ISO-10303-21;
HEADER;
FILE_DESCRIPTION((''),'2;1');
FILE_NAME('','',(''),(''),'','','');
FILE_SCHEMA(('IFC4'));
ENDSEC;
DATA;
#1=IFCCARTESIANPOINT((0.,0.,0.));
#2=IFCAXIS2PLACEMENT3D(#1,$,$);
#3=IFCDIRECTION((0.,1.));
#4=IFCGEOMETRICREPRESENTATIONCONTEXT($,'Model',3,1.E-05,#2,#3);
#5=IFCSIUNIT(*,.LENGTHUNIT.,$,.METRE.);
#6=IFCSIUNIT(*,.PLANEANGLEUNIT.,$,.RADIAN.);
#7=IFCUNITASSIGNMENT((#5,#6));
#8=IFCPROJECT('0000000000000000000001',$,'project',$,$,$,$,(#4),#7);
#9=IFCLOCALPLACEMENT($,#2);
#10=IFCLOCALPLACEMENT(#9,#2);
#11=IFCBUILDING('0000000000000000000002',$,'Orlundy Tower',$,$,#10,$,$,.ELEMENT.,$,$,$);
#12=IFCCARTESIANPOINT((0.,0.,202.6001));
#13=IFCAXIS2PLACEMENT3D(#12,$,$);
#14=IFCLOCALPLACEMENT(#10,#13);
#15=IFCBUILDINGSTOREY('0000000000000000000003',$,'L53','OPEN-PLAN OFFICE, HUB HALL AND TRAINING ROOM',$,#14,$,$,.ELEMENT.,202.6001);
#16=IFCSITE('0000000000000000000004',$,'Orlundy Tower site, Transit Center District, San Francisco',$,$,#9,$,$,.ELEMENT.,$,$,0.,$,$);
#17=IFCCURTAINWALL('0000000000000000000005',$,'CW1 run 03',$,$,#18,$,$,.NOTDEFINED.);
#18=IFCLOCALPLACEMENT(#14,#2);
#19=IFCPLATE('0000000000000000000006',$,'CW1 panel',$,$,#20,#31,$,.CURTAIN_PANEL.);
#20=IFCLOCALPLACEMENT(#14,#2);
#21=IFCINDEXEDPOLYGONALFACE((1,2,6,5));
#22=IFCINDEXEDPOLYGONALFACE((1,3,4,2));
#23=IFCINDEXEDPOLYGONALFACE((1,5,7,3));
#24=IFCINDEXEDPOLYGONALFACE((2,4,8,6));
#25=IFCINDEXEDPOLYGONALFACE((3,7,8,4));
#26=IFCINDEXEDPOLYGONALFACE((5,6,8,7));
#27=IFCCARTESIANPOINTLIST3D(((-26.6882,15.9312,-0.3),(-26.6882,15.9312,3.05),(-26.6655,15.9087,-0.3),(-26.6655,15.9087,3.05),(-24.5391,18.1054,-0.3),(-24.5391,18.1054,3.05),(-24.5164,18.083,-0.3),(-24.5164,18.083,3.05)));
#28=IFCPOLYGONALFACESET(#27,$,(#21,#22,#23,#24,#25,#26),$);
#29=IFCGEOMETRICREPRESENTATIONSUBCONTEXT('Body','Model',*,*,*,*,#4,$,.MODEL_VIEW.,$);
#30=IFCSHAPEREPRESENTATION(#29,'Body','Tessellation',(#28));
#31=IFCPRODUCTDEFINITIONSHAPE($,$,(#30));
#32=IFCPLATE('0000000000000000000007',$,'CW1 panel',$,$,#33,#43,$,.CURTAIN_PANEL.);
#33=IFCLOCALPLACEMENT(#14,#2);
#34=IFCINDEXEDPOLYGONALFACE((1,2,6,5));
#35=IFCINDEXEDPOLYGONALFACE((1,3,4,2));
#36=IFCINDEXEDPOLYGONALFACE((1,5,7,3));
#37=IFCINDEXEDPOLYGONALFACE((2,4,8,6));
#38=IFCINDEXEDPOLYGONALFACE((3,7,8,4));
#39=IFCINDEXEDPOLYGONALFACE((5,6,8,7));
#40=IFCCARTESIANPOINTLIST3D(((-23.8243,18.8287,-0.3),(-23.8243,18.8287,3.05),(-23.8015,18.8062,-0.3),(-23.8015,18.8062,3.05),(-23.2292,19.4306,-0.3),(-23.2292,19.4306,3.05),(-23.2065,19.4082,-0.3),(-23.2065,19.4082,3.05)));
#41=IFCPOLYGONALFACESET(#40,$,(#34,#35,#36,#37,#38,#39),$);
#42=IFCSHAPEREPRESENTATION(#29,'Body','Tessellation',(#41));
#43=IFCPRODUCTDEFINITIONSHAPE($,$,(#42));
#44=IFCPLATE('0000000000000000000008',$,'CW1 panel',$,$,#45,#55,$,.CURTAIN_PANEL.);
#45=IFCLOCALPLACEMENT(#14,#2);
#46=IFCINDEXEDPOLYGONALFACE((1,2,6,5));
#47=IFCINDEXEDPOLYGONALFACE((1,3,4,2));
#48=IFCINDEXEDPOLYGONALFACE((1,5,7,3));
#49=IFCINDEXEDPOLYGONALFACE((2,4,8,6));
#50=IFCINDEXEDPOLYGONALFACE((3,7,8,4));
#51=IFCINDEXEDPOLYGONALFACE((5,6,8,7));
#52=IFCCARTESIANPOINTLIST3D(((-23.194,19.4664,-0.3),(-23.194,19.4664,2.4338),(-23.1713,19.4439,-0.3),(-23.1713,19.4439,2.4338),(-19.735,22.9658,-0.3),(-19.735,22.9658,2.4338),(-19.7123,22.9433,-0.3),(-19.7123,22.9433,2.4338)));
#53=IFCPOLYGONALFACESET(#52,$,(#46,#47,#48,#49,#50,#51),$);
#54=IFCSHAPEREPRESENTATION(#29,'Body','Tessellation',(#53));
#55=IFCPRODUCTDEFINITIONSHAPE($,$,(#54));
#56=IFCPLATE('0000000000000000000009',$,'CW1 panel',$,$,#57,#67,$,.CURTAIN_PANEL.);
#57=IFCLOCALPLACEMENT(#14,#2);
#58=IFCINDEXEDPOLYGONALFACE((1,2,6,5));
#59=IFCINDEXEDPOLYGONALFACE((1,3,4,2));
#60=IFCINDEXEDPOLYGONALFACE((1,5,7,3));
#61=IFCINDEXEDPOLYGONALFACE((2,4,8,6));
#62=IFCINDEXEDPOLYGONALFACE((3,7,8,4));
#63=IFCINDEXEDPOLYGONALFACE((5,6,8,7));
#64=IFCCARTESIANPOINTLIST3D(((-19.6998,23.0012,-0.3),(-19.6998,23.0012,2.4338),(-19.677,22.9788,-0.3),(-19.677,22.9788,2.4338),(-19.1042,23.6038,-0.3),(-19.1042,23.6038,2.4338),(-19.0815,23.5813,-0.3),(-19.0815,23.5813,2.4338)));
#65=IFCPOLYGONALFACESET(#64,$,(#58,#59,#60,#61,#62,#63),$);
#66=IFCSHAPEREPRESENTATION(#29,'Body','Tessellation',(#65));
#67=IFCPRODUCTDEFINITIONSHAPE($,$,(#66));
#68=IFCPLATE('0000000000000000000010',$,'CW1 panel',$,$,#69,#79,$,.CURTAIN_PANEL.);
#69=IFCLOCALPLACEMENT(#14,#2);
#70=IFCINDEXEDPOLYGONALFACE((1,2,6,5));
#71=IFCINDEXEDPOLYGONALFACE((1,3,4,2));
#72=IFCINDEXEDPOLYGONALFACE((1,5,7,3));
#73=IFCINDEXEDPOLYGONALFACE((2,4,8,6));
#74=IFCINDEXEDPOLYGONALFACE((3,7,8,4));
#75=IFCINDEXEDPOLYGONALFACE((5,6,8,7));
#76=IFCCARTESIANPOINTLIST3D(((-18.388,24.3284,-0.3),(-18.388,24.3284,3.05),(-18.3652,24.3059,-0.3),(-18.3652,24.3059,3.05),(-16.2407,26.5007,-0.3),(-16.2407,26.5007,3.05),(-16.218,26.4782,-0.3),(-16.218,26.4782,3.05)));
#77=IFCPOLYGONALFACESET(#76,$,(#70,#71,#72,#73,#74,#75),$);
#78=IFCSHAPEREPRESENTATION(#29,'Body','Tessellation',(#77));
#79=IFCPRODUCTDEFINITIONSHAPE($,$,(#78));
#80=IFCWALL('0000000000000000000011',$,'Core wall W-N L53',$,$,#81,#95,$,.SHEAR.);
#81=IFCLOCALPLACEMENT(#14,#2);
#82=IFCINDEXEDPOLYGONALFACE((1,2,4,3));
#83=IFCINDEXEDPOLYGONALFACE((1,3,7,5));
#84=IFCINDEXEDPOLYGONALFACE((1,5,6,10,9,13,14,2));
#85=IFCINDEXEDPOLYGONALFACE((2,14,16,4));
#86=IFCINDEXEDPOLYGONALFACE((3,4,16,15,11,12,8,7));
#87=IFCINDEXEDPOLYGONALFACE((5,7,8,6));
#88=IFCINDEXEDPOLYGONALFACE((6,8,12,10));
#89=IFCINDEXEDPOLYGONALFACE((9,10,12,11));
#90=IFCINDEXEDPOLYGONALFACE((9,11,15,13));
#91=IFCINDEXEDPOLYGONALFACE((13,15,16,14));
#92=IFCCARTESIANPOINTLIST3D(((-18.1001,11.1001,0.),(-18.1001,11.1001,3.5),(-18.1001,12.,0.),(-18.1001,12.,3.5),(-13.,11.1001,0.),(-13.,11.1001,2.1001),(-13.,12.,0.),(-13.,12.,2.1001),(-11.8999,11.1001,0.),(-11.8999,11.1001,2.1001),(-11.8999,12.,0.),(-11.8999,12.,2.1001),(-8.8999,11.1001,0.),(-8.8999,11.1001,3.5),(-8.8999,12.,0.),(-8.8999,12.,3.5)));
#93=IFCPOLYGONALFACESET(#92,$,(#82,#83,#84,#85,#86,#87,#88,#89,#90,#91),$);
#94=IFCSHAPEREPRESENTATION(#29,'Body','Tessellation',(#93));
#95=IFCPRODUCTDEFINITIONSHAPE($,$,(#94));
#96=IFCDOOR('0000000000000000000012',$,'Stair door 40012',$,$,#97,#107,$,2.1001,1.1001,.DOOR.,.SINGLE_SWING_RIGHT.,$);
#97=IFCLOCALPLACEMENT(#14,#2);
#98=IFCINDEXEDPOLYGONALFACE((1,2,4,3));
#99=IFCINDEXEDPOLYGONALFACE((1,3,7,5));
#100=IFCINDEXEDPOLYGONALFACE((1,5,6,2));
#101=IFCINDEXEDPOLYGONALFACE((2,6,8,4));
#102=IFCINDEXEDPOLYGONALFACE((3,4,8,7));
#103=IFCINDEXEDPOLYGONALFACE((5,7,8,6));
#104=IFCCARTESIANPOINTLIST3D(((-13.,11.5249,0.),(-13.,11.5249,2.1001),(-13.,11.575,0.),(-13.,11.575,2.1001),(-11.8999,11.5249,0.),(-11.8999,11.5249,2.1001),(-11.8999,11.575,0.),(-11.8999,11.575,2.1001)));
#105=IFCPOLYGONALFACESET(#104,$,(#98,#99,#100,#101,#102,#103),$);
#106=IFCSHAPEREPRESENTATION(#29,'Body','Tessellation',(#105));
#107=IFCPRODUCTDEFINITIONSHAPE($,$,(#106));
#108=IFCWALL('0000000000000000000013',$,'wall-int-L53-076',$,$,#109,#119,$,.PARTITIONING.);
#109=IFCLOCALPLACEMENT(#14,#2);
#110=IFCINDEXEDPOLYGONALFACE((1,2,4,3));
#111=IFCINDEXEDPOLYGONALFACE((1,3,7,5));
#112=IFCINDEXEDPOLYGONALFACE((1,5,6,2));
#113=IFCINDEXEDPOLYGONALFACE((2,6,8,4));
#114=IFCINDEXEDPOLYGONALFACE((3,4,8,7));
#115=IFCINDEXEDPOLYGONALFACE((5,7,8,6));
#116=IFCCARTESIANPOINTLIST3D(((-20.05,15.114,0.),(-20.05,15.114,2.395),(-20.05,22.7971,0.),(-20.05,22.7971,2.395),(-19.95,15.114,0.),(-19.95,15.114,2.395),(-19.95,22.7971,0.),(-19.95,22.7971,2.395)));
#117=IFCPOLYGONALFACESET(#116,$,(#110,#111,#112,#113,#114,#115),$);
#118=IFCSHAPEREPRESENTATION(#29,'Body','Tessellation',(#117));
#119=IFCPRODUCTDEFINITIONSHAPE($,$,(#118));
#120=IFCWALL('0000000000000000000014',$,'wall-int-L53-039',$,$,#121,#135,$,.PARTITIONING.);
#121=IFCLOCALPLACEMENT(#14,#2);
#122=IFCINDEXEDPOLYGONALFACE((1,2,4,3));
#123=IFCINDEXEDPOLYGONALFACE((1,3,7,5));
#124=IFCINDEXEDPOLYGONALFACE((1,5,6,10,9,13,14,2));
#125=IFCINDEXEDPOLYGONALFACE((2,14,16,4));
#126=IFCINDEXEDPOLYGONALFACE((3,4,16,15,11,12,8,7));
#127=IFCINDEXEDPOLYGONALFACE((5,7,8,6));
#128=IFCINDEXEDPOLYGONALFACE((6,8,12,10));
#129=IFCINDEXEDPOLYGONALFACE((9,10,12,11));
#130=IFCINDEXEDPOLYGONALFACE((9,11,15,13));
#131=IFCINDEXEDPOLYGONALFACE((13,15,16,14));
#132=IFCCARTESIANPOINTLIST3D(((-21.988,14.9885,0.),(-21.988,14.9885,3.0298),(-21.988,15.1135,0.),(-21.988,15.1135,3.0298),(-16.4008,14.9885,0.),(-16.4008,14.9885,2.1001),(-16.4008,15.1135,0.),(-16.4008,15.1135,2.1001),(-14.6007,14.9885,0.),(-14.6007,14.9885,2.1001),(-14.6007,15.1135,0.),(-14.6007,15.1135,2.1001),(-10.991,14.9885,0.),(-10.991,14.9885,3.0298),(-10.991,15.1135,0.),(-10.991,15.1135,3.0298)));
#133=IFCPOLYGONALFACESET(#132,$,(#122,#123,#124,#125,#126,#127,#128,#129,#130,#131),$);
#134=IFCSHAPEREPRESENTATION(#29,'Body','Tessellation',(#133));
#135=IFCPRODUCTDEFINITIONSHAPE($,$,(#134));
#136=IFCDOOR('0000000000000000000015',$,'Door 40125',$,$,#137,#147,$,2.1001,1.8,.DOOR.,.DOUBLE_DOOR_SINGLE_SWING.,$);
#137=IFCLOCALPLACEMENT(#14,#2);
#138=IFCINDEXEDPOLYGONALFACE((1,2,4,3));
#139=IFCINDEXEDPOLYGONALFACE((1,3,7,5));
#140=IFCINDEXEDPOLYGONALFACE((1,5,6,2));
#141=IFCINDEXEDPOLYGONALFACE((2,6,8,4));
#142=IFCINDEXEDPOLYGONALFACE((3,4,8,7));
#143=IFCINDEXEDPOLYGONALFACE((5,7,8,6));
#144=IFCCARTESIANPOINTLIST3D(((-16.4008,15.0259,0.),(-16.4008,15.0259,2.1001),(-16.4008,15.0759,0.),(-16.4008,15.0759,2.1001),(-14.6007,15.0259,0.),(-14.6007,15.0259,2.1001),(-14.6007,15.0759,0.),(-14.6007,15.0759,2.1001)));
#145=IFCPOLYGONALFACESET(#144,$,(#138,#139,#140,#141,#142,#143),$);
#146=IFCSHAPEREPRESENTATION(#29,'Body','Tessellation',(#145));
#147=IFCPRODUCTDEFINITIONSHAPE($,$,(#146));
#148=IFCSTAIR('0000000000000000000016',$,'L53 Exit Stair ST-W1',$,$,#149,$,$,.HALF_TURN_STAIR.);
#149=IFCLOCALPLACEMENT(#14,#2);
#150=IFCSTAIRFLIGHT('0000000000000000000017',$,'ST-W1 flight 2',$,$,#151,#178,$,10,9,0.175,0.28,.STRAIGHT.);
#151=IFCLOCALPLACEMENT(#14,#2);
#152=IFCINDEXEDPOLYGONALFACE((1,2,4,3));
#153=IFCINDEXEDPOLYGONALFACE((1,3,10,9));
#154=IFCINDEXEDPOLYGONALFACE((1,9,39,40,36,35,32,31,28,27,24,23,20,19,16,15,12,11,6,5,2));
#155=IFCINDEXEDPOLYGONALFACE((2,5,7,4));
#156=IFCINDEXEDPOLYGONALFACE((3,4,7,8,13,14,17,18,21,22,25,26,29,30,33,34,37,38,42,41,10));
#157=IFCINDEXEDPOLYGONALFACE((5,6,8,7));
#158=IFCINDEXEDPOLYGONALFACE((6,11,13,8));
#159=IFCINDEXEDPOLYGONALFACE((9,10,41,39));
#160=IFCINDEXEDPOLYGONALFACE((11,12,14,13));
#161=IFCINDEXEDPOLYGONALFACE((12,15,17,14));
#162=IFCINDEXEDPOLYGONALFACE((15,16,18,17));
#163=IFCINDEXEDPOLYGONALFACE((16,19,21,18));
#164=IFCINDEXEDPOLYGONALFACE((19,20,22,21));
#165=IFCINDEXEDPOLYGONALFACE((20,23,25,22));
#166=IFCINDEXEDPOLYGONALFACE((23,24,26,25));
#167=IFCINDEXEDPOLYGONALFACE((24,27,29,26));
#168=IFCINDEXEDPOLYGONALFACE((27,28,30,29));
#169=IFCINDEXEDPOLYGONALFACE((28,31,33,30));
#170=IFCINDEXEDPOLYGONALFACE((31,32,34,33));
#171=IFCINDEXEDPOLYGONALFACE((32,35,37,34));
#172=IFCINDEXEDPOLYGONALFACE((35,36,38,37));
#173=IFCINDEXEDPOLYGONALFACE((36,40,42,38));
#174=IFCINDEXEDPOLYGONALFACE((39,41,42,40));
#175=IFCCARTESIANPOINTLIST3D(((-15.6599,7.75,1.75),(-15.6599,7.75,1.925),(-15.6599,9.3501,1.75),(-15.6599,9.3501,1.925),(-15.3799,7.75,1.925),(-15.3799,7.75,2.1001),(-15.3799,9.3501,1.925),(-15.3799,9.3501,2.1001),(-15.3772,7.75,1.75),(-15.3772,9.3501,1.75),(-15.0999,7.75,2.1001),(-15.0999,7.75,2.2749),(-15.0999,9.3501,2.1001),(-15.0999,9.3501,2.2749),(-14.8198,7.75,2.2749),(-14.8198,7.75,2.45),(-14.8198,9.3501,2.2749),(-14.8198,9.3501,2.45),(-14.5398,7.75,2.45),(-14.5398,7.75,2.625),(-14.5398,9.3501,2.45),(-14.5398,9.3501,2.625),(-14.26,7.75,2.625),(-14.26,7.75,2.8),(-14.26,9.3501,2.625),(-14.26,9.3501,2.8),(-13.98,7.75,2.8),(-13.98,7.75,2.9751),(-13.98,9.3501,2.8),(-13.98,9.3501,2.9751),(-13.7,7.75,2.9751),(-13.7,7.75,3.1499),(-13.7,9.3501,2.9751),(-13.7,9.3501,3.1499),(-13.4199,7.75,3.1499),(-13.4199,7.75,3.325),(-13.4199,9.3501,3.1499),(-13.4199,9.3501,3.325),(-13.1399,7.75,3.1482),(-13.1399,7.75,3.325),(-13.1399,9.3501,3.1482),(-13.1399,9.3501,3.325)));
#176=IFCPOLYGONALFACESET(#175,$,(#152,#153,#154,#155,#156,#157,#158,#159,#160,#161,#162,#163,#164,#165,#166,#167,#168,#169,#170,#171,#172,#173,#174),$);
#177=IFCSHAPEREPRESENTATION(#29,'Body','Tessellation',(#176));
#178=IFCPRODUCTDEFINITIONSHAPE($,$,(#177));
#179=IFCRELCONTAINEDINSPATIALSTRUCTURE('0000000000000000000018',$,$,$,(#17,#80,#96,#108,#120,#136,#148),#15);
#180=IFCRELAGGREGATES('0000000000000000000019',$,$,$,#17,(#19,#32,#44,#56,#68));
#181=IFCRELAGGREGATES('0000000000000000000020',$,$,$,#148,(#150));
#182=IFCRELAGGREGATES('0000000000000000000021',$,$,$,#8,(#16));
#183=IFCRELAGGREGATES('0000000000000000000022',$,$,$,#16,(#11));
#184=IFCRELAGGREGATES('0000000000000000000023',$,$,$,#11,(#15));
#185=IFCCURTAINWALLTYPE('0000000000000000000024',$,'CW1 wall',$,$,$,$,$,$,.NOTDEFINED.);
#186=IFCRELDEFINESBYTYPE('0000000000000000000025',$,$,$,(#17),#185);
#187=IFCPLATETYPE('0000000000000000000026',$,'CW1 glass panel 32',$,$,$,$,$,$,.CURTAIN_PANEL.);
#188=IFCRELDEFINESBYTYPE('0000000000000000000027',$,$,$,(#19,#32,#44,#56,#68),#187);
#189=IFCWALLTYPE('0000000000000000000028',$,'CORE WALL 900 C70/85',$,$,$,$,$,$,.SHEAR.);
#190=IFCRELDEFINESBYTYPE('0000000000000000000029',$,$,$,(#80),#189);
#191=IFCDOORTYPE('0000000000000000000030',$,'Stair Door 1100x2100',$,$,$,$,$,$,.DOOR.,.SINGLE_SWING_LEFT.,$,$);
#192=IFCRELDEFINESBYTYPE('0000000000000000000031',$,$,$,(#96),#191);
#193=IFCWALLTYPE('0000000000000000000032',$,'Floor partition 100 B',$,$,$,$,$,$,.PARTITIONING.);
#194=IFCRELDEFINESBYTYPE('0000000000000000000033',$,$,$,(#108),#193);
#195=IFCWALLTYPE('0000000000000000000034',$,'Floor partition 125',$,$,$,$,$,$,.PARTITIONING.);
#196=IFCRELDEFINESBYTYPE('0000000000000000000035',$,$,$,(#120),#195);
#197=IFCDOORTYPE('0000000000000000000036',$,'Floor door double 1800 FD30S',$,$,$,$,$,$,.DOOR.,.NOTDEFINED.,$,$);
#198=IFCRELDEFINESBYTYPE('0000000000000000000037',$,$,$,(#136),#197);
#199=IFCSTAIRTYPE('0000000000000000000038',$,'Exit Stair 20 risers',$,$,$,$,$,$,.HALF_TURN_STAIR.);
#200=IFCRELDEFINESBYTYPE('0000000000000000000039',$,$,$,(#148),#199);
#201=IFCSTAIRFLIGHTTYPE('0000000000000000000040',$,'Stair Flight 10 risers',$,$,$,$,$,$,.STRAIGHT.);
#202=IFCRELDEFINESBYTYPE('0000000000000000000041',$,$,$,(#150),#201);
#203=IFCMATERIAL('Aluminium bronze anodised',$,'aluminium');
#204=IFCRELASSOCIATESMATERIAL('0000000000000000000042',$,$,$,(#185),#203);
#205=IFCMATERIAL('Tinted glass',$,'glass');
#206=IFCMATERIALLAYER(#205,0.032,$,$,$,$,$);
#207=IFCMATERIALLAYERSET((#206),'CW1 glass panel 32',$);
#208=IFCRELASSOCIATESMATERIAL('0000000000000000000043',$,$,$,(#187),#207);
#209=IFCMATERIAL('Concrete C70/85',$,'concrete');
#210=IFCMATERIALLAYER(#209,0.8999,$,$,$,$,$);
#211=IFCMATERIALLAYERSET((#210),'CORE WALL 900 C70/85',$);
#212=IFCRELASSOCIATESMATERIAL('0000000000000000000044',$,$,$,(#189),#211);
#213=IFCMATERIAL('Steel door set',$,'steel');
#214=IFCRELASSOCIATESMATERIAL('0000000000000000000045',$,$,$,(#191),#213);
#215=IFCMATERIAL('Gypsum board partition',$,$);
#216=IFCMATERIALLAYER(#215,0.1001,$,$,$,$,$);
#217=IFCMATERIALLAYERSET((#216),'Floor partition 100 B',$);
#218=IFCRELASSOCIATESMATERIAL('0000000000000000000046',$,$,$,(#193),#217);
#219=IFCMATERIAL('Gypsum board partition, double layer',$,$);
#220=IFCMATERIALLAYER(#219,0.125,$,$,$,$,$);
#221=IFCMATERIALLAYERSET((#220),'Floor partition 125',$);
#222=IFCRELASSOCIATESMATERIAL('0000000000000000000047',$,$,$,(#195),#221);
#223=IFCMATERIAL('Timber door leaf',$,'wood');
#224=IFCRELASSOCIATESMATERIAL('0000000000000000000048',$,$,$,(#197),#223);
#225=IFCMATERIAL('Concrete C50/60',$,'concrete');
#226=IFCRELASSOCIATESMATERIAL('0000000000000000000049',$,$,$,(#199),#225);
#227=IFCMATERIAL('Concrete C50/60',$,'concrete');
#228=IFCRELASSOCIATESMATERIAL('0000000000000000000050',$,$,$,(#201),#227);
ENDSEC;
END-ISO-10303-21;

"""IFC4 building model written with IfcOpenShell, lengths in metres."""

from ifc_helpers import new_model, si_unit, direction, frame, frame_2d, origin, origin_2d, place, context, subcontext, project, spatial, polyline, rectangle, outline, extrude, material, layer, layer_set, type_object, element, fill, aggregate, save


model = new_model("IFC4")

# Units and contexts
model_context = context("Model", 3, precision=1e-05, world=origin(), true_north=direction((0.0, 1.0)))
body_context = subcontext(model_context, "Body", "Model", "MODEL_VIEW")
ifc_project = project(units=[si_unit("LENGTHUNIT", "METRE"), si_unit("PLANEANGLEUNIT", "RADIAN")], contexts=[model_context])

# Site, building, storey
site_placement = place(None, origin())
site = spatial("IfcSite", under=ifc_project, at=site_placement, Name="Orlundy Tower site, Transit Center District, San Francisco", CompositionType="ELEMENT", RefElevation=0.0)
building_placement = place(site_placement, origin())
building = spatial("IfcBuilding", under=site, at=building_placement, Name="Orlundy Tower", CompositionType="ELEMENT")
storey_placement = place(building_placement, frame((0.0, 0.0, 202.6001)))
storey = spatial("IfcBuildingStorey", under=building, at=storey_placement, Name="L53", Description="OPEN-PLAN OFFICE, HUB HALL AND TRAINING ROOM", CompositionType="ELEMENT", Elevation=202.6001)

# Curtain wall
ifc_material_1 = material(Name="Aluminium bronze anodised", Category="aluminium")
curtain_wall_type = type_object("IfcCurtainWallType", Name="CW1 wall", PredefinedType="NOTDEFINED", material=ifc_material_1)
curtain_wall_1_placement = place(storey_placement, origin())
curtain_wall_1 = element("IfcCurtainWall", 1, at=curtain_wall_1_placement, inside=storey, type_object=curtain_wall_type, Name="CW1 run 03", PredefinedType="NOTDEFINED")

# Plates
ifc_material_2 = material(Name="Tinted glass", Category="glass")
ifc_layer_1 = layer(ifc_material_2, 0.032)
ifc_layer_set_1 = layer_set([ifc_layer_1], Name="CW1 glass panel 32")
plate_type = type_object("IfcPlateType", Name="CW1 glass panel 32", PredefinedType="CURTAIN_PANEL", material=ifc_layer_set_1)
plate_1_placement = place(storey_placement, frame((-25.6023, 17.0071, -0.3), z_axis=(0.0, 0.0, 1.0), x_axis=(0.702991, 0.711199, 0.0)))
plate_1 = element("IfcPlate", 2, at=plate_1_placement, type_object=plate_type, Name="CW1 panel", PredefinedType="CURTAIN_PANEL", context=body_context, shape_type="SweptSolid", body=[
    extrude(rectangle(XDim=3.0571, YDim=0.032, at=origin_2d()), origin(), (0.0, 0.0, 1.0), 3.3501),
])
plate_2_placement = place(storey_placement, frame((-23.5154, 19.1184, -0.3), z_axis=(0.0, 0.0, 1.0), x_axis=(0.702991, 0.711199, 0.0)))
plate_2 = element("IfcPlate", 3, at=plate_2_placement, type_object=plate_type, Name="CW1 panel", PredefinedType="CURTAIN_PANEL", context=body_context, shape_type="SweptSolid", body=[
    extrude(rectangle(XDim=0.8464, YDim=0.032, at=origin_2d()), origin(), (0.0, 0.0, 1.0), 3.3501),
])
plate_3_placement = place(storey_placement, frame((-21.4531, 21.2048, -0.3), z_axis=(0.0, 0.0, 1.0), x_axis=(0.702991, 0.711199, 0.0)))
plate_3 = element("IfcPlate", 4, at=plate_3_placement, type_object=plate_type, Name="CW1 panel", PredefinedType="CURTAIN_PANEL", context=body_context, shape_type="SweptSolid", body=[
    extrude(rectangle(XDim=4.9204, YDim=0.032, at=origin_2d()), origin(), (0.0, 0.0, 1.0), 2.7339),
])
plate_4_placement = place(storey_placement, frame((-19.3906, 23.2913, -0.3), z_axis=(0.0, 0.0, 1.0), x_axis=(0.702991, 0.711199, 0.0)))
plate_4 = element("IfcPlate", 5, at=plate_4_placement, type_object=plate_type, Name="CW1 panel", PredefinedType="CURTAIN_PANEL", context=body_context, shape_type="SweptSolid", body=[
    extrude(rectangle(XDim=0.8472, YDim=0.032, at=origin_2d()), origin(), (0.0, 0.0, 1.0), 2.7339),
])
plate_5_placement = place(storey_placement, frame((-17.303, 25.4033, -0.3), z_axis=(0.0, 0.0, 1.0), x_axis=(0.702991, 0.711199, 0.0)))
plate_5 = element("IfcPlate", 6, at=plate_5_placement, type_object=plate_type, Name="CW1 panel", PredefinedType="CURTAIN_PANEL", context=body_context, shape_type="SweptSolid", body=[
    extrude(rectangle(XDim=3.0544, YDim=0.032, at=origin_2d()), origin(), (0.0, 0.0, 1.0), 3.3501),
])
aggregate(curtain_wall_1, [plate_1, plate_2, plate_3, plate_4, plate_5])

# Wall, opening, door
ifc_material_3 = material(Name="Concrete C70/85", Category="concrete")
ifc_layer_2 = layer(ifc_material_3, 0.8999)
ifc_layer_set_2 = layer_set([ifc_layer_2], Name="CORE WALL 900 C70/85")
wall_type_1 = type_object("IfcWallType", Name="CORE WALL 900 C70/85", PredefinedType="SHEAR", material=ifc_layer_set_2)
wall_1_placement = place(storey_placement, frame((-18.1001, 11.55, 0.0), z_axis=(0.0, 0.0, 1.0), x_axis=(1.0, 0.0, 0.0)))
wall_1 = element("IfcWall", 7, at=wall_1_placement, inside=storey, type_object=wall_type_1, Name="Core wall W-N L53", PredefinedType="SHEAR", context=body_context, shape_type="SweptSolid", body=[
    extrude(rectangle(XDim=9.2002, YDim=0.8999, at=frame_2d((4.6001, 0.0))), origin(), (0.0, 0.0, 1.0), 3.5),
])
opening_1_placement = place(wall_1_placement, frame((5.1001, 0.0, 0.0)))
opening_1 = element("IfcOpeningElement", 8, at=opening_1_placement, cuts=wall_1, PredefinedType="OPENING", context=body_context, shape_type="SweptSolid", body=[
    extrude(rectangle(XDim=1.1001, YDim=2.1001, at=frame_2d((0.55, 1.05))), frame((0.0, 0.46, 0.0), z_axis=(0.0, -1.0, 0.0), x_axis=(1.0, 0.0, 0.0)), (0.0, 0.0, 1.0), 0.9199),
])
ifc_material_4 = material(Name="Steel door set", Category="steel")
door_type_1 = type_object("IfcDoorType", Name="Stair Door 1100x2100", OperationType="SINGLE_SWING_LEFT", PredefinedType="DOOR", material=ifc_material_4)
door_1_placement = place(opening_1_placement, origin())
door_1 = element("IfcDoor", 9, at=door_1_placement, inside=storey, type_object=door_type_1, Name="Stair door 40012", OperationType="SINGLE_SWING_RIGHT", OverallHeight=2.1001, OverallWidth=1.1001, PredefinedType="DOOR", context=body_context, shape_type="SweptSolid", body=[
    extrude(rectangle(XDim=1.1001, YDim=2.1001, at=frame_2d((0.55, 1.05))), frame((0.0, 0.0249, 0.0), z_axis=(0.0, -1.0, 0.0), x_axis=(1.0, 0.0, 0.0)), (0.0, 0.0, 1.0), 0.05),
])
fill(opening_1, door_1)

# Wall
ifc_material_5 = material(Name="Gypsum board partition")
ifc_layer_3 = layer(ifc_material_5, 0.1001)
ifc_layer_set_3 = layer_set([ifc_layer_3], Name="Floor partition 100 B")
wall_type_2 = type_object("IfcWallType", Name="Floor partition 100 B", PredefinedType="PARTITIONING", material=ifc_layer_set_3)
wall_2_placement = place(storey_placement, frame((-20.0, 15.114, 0.0), z_axis=(0.0, 0.0, 1.0), x_axis=(0.0, 1.0, 0.0)))
element("IfcWall", 10, at=wall_2_placement, inside=storey, type_object=wall_type_2, Name="wall-int-L53-076", PredefinedType="PARTITIONING", context=body_context, shape_type="SweptSolid", body=[
    extrude(rectangle(XDim=7.6831, YDim=0.1001, at=frame_2d((3.8416, 0.0))), origin(), (0.0, 0.0, 1.0), 2.395),
])

# Wall, opening, door
ifc_material_6 = material(Name="Gypsum board partition, double layer")
ifc_layer_4 = layer(ifc_material_6, 0.125)
ifc_layer_set_4 = layer_set([ifc_layer_4], Name="Floor partition 125")
wall_type_3 = type_object("IfcWallType", Name="Floor partition 125", PredefinedType="PARTITIONING", material=ifc_layer_set_4)
wall_3_placement = place(storey_placement, frame((-21.988, 15.051, 0.0), z_axis=(0.0, 0.0, 1.0), x_axis=(1.0, 0.0, 0.0)))
wall_3 = element("IfcWall", 11, at=wall_3_placement, inside=storey, type_object=wall_type_3, Name="wall-int-L53-039", PredefinedType="PARTITIONING", context=body_context, shape_type="SweptSolid", body=[
    extrude(rectangle(XDim=10.9971, YDim=0.125, at=frame_2d((5.4985, 0.0))), origin(), (0.0, 0.0, 1.0), 3.0298),
])
opening_2_placement = place(wall_3_placement, frame((5.5874, 0.0, 0.0)))
opening_2 = element("IfcOpeningElement", 12, at=opening_2_placement, cuts=wall_3, PredefinedType="OPENING", context=body_context, shape_type="SweptSolid", body=[
    extrude(rectangle(XDim=1.8, YDim=2.1001, at=frame_2d((0.8999, 1.05))), frame((0.0, 0.0725, 0.0), z_axis=(0.0, -1.0, 0.0), x_axis=(1.0, 0.0, 0.0)), (0.0, 0.0, 1.0), 0.145),
])
ifc_material_7 = material(Name="Timber door leaf", Category="wood")
door_type_2 = type_object("IfcDoorType", Name="Floor door double 1800 FD30S", OperationType="NOTDEFINED", PredefinedType="DOOR", material=ifc_material_7)
door_2_placement = place(opening_2_placement, origin())
door_2 = element("IfcDoor", 13, at=door_2_placement, inside=storey, type_object=door_type_2, Name="Door 40125", OperationType="DOUBLE_DOOR_SINGLE_SWING", OverallHeight=2.1001, OverallWidth=1.8, PredefinedType="DOOR", context=body_context, shape_type="SweptSolid", body=[
    extrude(rectangle(XDim=1.8, YDim=2.1001, at=frame_2d((0.8999, 1.05))), frame((0.0, 0.0249, 0.0), z_axis=(0.0, -1.0, 0.0), x_axis=(1.0, 0.0, 0.0)), (0.0, 0.0, 1.0), 0.05),
])
fill(opening_2, door_2)

# Stair, stair flight
ifc_material_8 = material(Name="Concrete C50/60", Category="concrete")
stair_type = type_object("IfcStairType", Name="Exit Stair 20 risers", PredefinedType="HALF_TURN_STAIR", material=ifc_material_8)
stair_placement = place(storey_placement, origin())
stair = element("IfcStair", 14, at=stair_placement, inside=storey, type_object=stair_type, Name="L53 Exit Stair ST-W1", PredefinedType="HALF_TURN_STAIR")
ifc_material_9 = material(Name="Concrete C50/60", Category="concrete")
stair_flight_type = type_object("IfcStairFlightType", Name="Stair Flight 10 risers", PredefinedType="STRAIGHT", material=ifc_material_9)
stair_flight_placement = place(storey_placement, frame((-15.6599, 8.55, 1.75), z_axis=(0.0, 0.0, 1.0), x_axis=(1.0, 0.0, 0.0)))
stair_flight = element("IfcStairFlight", 15, at=stair_flight_placement, type_object=stair_flight_type, Name="ST-W1 flight 2", NumberOfRisers=10, NumberOfTreads=9, PredefinedType="STRAIGHT", RiserHeight=0.175, TreadLength=0.28, context=body_context, shape_type="SweptSolid", body=[
    extrude(outline(polyline([(0.0, 0.0), (0.0, 0.175), (0.28, 0.175), (0.28, 0.3501), (0.5601, 0.3501), (0.5601, 0.5249), (0.8401, 0.5249), (0.8401, 0.7), (1.1201, 0.7), (1.1201, 0.875), (1.3999, 0.875), (1.3999, 1.05), (1.6799, 1.05), (1.6799, 1.2251), (1.96, 1.2251), (1.96, 1.3999), (2.24, 1.3999), (2.24, 1.575), (2.52, 1.575), (2.52, 1.75), (2.52, 1.3982), (0.2827, 0.0), (0.0, 0.0)])), frame((0.0, 0.8, 0.0), z_axis=(0.0, -1.0, 0.0), x_axis=(1.0, 0.0, 0.0)), (0.0, 0.0, 1.0), 1.6001),
])
aggregate(stair, [stair_flight])

save(model, "model.ifc")
